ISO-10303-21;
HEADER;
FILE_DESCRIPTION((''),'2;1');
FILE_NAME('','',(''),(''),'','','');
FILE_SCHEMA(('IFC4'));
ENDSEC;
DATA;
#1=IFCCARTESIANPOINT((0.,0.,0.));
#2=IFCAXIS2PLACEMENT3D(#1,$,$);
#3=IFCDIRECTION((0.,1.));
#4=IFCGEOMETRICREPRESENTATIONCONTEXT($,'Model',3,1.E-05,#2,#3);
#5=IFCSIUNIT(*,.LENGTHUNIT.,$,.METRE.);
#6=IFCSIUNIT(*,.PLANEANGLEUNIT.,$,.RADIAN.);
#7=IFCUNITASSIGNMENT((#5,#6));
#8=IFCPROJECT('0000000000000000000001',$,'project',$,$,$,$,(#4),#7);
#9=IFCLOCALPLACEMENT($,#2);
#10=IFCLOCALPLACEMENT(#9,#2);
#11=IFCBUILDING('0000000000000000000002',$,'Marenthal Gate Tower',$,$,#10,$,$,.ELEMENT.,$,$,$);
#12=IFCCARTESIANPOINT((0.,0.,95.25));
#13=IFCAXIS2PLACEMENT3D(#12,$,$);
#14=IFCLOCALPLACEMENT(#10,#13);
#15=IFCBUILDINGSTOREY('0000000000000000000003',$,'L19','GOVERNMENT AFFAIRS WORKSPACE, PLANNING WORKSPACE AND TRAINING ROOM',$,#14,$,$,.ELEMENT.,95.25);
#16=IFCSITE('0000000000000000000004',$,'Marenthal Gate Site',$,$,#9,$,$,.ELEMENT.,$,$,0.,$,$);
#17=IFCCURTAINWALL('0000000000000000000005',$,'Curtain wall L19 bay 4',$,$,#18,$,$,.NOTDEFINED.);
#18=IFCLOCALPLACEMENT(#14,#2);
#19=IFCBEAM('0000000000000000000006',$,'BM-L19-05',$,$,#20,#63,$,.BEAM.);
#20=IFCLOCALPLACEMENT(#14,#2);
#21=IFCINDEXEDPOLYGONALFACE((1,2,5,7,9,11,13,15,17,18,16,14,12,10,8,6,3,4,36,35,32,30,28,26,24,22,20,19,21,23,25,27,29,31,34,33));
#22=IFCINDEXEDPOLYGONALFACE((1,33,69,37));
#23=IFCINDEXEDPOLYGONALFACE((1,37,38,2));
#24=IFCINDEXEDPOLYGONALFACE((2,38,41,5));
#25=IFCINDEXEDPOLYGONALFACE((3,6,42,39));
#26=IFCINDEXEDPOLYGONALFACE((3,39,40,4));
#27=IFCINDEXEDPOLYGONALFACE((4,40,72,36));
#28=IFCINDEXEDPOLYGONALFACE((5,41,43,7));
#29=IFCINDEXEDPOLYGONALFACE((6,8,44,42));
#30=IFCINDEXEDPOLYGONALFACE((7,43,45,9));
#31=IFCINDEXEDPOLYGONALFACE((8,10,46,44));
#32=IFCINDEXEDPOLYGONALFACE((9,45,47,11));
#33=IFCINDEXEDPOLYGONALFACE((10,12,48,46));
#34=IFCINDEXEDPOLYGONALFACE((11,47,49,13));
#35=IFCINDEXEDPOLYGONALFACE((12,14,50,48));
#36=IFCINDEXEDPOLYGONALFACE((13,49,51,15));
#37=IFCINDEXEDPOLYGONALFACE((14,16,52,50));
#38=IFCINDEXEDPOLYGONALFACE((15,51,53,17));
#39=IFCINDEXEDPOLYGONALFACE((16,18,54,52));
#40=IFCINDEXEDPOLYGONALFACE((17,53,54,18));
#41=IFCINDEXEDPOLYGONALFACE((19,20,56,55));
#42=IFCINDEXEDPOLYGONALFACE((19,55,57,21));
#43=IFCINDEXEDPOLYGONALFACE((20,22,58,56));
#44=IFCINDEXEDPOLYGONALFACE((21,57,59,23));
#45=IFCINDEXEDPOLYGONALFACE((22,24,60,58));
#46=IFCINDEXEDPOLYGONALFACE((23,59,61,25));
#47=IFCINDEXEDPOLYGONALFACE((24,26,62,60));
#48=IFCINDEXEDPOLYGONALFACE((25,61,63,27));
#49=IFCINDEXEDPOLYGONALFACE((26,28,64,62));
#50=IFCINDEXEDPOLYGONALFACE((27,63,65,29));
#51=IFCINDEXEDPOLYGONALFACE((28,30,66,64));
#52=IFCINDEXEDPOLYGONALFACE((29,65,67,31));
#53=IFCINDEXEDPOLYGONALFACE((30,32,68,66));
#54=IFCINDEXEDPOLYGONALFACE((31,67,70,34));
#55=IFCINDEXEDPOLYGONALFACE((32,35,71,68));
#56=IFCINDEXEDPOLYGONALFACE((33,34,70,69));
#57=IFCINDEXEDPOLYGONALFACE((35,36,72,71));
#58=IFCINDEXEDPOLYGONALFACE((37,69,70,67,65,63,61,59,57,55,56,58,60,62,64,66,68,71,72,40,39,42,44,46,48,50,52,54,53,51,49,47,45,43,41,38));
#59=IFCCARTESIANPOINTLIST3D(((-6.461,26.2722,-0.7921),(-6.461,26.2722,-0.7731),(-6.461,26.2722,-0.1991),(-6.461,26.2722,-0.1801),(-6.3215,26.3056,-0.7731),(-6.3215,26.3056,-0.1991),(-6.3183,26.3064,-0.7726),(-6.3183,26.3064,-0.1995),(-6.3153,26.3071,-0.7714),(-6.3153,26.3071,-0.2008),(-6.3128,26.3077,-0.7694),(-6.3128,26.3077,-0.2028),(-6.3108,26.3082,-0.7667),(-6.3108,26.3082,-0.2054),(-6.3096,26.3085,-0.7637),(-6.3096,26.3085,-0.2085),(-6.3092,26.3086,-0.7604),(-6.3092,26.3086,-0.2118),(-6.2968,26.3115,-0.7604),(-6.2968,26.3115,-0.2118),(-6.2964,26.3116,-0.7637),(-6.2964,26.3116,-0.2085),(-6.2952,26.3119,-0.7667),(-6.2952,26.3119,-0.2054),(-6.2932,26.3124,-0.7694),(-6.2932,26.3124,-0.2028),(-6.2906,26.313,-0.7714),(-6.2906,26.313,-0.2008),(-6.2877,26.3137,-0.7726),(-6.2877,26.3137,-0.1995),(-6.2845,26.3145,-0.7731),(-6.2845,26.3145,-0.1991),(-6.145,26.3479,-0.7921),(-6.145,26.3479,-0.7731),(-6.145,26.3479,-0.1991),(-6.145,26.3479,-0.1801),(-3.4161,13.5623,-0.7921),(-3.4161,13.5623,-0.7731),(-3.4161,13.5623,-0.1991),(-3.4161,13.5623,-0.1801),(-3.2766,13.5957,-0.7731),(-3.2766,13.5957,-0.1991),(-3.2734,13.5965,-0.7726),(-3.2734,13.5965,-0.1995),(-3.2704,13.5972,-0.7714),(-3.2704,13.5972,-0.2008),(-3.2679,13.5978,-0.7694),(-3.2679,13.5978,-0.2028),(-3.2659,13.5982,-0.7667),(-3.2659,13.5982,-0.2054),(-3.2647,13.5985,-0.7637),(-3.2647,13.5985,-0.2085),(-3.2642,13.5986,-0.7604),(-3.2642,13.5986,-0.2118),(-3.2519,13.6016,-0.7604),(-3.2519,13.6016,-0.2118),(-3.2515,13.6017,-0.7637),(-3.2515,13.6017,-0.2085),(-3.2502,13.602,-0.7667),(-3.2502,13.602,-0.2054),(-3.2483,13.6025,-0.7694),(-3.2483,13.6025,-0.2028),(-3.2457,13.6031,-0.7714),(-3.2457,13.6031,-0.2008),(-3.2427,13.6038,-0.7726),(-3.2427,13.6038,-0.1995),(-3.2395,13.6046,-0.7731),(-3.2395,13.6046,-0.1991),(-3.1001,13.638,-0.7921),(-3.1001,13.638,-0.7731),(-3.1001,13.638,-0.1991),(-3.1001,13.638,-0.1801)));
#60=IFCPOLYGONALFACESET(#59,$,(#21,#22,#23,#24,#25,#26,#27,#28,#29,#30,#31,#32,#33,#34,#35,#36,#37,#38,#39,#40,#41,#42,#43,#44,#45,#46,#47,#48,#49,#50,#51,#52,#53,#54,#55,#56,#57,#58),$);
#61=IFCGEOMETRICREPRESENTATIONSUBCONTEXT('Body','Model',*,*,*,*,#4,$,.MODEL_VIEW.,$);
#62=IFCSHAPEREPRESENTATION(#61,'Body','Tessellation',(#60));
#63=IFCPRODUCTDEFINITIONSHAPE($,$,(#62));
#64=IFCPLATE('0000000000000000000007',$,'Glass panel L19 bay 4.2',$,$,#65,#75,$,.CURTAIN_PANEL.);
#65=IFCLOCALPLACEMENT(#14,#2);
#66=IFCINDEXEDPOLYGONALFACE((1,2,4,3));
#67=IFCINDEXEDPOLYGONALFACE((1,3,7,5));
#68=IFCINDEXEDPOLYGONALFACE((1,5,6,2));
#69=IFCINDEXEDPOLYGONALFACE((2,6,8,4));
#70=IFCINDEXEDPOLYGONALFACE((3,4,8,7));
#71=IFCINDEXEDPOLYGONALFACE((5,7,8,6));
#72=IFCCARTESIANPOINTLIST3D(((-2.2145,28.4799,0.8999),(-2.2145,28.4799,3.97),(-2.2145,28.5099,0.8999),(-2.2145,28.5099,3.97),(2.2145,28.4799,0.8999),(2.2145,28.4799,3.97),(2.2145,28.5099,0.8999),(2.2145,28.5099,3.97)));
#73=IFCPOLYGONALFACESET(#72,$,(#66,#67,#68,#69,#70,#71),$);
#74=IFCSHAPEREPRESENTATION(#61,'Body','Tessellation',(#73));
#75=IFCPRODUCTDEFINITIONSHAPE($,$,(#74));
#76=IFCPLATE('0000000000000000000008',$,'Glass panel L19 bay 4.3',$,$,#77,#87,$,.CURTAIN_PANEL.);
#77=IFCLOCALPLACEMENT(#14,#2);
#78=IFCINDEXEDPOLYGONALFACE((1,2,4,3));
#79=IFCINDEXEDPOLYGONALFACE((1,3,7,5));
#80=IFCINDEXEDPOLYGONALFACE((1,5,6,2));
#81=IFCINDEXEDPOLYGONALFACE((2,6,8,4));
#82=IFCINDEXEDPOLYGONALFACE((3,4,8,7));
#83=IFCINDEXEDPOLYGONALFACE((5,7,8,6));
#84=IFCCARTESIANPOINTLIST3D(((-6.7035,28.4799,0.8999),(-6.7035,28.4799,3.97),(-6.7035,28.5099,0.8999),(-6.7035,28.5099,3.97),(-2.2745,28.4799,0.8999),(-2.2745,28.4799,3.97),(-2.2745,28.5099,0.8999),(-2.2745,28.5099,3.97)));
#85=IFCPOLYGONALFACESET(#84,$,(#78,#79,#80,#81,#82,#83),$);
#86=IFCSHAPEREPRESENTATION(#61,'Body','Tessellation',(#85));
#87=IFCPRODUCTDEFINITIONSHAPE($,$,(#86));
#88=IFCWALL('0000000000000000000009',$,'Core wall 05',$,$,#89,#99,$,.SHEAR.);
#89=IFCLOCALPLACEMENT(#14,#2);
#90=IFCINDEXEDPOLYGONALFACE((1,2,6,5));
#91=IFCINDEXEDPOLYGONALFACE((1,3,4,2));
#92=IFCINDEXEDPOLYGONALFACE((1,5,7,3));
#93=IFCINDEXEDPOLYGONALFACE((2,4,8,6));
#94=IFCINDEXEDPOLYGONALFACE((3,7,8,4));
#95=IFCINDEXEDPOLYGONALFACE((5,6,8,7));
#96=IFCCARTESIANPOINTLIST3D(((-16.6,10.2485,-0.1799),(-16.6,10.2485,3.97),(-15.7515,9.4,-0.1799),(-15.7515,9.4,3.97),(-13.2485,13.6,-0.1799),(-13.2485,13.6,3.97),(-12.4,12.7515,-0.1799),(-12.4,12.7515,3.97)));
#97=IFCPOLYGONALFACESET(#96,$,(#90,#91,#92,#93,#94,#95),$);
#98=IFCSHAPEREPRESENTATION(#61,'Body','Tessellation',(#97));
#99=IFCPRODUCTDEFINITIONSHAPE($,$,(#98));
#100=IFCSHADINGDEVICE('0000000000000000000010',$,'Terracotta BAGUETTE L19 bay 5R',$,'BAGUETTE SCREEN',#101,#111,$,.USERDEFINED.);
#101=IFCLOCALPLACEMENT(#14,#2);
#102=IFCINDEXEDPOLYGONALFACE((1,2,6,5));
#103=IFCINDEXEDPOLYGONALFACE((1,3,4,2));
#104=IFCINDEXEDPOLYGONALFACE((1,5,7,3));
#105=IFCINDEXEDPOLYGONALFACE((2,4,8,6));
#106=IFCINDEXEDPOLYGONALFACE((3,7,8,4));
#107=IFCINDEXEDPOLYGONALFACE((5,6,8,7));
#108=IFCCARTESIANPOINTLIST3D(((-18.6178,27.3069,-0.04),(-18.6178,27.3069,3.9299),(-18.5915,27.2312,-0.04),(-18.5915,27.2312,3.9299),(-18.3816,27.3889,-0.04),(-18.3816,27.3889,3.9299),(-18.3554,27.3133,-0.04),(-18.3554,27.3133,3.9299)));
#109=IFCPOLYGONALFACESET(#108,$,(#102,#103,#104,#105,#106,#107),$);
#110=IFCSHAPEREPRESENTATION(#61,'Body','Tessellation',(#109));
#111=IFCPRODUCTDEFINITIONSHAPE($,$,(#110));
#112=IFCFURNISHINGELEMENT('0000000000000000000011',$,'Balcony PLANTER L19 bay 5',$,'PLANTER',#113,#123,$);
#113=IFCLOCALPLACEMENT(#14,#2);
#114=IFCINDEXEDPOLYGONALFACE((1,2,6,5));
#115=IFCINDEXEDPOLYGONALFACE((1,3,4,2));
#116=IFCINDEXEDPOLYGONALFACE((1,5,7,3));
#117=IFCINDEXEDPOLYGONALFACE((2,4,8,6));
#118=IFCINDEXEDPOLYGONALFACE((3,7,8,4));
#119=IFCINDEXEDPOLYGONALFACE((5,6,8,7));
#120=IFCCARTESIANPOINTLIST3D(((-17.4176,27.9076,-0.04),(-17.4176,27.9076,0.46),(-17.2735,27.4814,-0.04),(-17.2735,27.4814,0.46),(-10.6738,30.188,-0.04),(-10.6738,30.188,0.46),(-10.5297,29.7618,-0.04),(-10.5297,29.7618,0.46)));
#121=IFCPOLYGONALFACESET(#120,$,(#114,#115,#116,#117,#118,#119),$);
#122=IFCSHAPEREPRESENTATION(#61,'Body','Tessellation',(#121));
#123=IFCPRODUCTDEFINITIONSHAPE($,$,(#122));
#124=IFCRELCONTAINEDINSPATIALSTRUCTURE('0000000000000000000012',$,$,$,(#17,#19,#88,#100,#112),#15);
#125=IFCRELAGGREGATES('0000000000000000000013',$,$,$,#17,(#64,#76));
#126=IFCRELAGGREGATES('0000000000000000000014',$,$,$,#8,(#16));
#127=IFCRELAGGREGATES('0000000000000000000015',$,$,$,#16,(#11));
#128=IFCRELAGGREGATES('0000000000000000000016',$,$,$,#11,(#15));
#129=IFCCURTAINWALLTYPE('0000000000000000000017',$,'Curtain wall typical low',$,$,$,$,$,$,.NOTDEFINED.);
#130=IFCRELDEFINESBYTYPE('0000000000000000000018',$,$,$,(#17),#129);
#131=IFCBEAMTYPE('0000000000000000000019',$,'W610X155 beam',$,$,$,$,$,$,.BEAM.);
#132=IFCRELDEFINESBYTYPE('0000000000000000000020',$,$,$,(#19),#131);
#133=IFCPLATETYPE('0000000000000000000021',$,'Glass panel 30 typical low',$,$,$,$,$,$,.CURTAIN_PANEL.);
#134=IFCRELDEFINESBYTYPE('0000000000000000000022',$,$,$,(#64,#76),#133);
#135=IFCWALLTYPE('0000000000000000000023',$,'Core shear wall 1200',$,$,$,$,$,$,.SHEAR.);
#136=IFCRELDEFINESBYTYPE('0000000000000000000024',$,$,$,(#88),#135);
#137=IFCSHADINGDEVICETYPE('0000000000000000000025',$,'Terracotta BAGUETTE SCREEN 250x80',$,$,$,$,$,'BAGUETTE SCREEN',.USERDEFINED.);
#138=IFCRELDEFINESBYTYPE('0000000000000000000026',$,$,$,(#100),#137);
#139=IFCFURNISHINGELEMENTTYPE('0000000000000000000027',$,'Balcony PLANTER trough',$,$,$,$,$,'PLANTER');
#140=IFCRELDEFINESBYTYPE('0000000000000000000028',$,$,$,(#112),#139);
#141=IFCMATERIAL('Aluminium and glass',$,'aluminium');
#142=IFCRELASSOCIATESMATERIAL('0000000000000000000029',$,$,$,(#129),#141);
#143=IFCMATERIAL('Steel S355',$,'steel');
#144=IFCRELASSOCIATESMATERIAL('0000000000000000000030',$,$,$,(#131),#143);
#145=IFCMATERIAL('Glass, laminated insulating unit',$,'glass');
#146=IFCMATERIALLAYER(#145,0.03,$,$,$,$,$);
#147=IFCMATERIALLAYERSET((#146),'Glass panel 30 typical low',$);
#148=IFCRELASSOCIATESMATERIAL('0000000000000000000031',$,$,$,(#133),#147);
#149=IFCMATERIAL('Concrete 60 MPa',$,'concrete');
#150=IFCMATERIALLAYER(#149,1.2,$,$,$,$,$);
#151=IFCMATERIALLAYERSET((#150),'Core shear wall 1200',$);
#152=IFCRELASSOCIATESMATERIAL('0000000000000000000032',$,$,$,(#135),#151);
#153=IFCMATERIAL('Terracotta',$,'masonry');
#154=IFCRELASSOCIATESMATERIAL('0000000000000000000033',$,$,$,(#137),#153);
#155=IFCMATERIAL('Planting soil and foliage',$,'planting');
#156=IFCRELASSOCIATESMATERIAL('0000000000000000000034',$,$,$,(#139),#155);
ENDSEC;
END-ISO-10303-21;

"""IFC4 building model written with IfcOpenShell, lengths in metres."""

from ifc_helpers import new_model, si_unit, direction, frame, frame_2d, origin, origin_2d, place, context, subcontext, project, spatial, rectangle, i_section, extrude, material, layer, layer_set, material_profile, profile_set, type_object, element, aggregate, save


model = new_model("IFC4")

# Units and contexts
model_context = context("Model", 3, precision=1e-05, world=origin(), true_north=direction((0.0, 1.0)))
body_context = subcontext(model_context, "Body", "Model", "MODEL_VIEW")
ifc_project = project(units=[si_unit("LENGTHUNIT", "METRE"), si_unit("PLANEANGLEUNIT", "RADIAN")], contexts=[model_context])

# Site, building, storey
site_placement = place(None, origin())
site = spatial("IfcSite", under=ifc_project, at=site_placement, Name="Marenthal Gate Site", CompositionType="ELEMENT", RefElevation=0.0)
building_placement = place(site_placement, origin())
building = spatial("IfcBuilding", under=site, at=building_placement, Name="Marenthal Gate Tower", CompositionType="ELEMENT")
storey_placement = place(building_placement, frame((0.0, 0.0, 95.25)))
storey = spatial("IfcBuildingStorey", under=building, at=storey_placement, Name="L19", Description="GOVERNMENT AFFAIRS WORKSPACE, PLANNING WORKSPACE AND TRAINING ROOM", CompositionType="ELEMENT", Elevation=95.25)

# Curtain wall
ifc_material_1 = material(Name="Aluminium and glass", Category="aluminium")
curtain_wall_type = type_object("IfcCurtainWallType", Name="Curtain wall typical low", PredefinedType="NOTDEFINED", material=ifc_material_1)
curtain_wall_placement = place(storey_placement, origin())
curtain_wall = element("IfcCurtainWall", 1, at=curtain_wall_placement, inside=storey, type_object=curtain_wall_type, Name="Curtain wall L19 bay 4", PredefinedType="NOTDEFINED")

# Beam
ifc_material_2 = material(Name="Steel S355", Category="steel")
ifc_material_profile_1 = material_profile(ifc_material_2, i_section(OverallWidth=0.325, OverallDepth=0.6121, WebThickness=0.0127, FlangeThickness=0.019, FilletRadius=0.0127, at=origin_2d()), Name="W610X155")
ifc_profile_set_1 = profile_set([ifc_material_profile_1], Name="Steel S355")
beam_type_1 = type_object("IfcBeamType", Name="W610X155 beam", PredefinedType="BEAM", material=ifc_profile_set_1)
beam_1_placement = place(storey_placement, frame((-6.303, 26.3101, -0.4861), z_axis=(0.232977, -0.972482, 0.0), x_axis=(0.972482, 0.232977, 0.0)))
element("IfcBeam", 2, at=beam_1_placement, inside=storey, type_object=beam_type_1, Name="BM-L19-05", PredefinedType="BEAM", context=body_context, shape_type="SweptSolid", body=[
    extrude(i_section(OverallWidth=0.325, OverallDepth=0.6121, WebThickness=0.0127, FlangeThickness=0.019, FilletRadius=0.0127, at=origin_2d()), origin(), (0.0, 0.0, 1.0), 13.0696),
])

# Plates
ifc_material_3 = material(Name="Glass, laminated insulating unit", Category="glass")
ifc_layer_1 = layer(ifc_material_3, 0.03)
ifc_layer_set_1 = layer_set([ifc_layer_1], Name="Glass panel 30 typical low")
plate_type = type_object("IfcPlateType", Name="Glass panel 30 typical low", PredefinedType="CURTAIN_PANEL", material=ifc_layer_set_1)
plate_1_placement = place(storey_placement, frame((0.0, 28.4949, 0.8999), z_axis=(0.0, 0.0, 1.0), x_axis=(-1.0, 0.0, 0.0)))
plate_1 = element("IfcPlate", 3, at=plate_1_placement, type_object=plate_type, Name="Glass panel L19 bay 4.2", PredefinedType="CURTAIN_PANEL", context=body_context, shape_type="SweptSolid", body=[
    extrude(rectangle(XDim=4.429, YDim=0.03, at=origin_2d()), origin(), (0.0, 0.0, 1.0), 3.0701),
])
plate_2_placement = place(storey_placement, frame((-4.489, 28.4949, 0.8999), z_axis=(0.0, 0.0, 1.0), x_axis=(-1.0, 0.0, 0.0)))
plate_2 = element("IfcPlate", 4, at=plate_2_placement, type_object=plate_type, Name="Glass panel L19 bay 4.3", PredefinedType="CURTAIN_PANEL", context=body_context, shape_type="SweptSolid", body=[
    extrude(rectangle(XDim=4.429, YDim=0.03, at=origin_2d()), origin(), (0.0, 0.0, 1.0), 3.0701),
])
aggregate(curtain_wall, [plate_1, plate_2])

# Wall
ifc_material_4 = material(Name="Concrete 60 MPa", Category="concrete")
ifc_layer_2 = layer(ifc_material_4, 1.2)
ifc_layer_set_2 = layer_set([ifc_layer_2], Name="Core shear wall 1200")
wall_type_1 = type_object("IfcWallType", Name="Core shear wall 1200", PredefinedType="SHEAR", material=ifc_layer_set_2)
wall_1_placement = place(storey_placement, frame((-12.8242, 13.1758, -0.1799), z_axis=(0.0, 0.0, 1.0), x_axis=(-0.707107, -0.707107, 0.0)))
element("IfcWall", 5, at=wall_1_placement, inside=storey, type_object=wall_type_1, Name="Core wall 05", PredefinedType="SHEAR", context=body_context, shape_type="SweptSolid", body=[
    extrude(rectangle(XDim=4.7397, YDim=1.2, at=frame_2d((2.3699, 0.0))), origin(), (0.0, 0.0, 1.0), 4.1499),
])

# Shading device
ifc_material_5 = material(Name="Terracotta", Category="masonry")
ifc_material_profile_2 = material_profile(ifc_material_5, rectangle(XDim=0.25, YDim=0.0801, at=origin_2d()), Name="Terracotta baguette 250x80")
ifc_profile_set_2 = profile_set([ifc_material_profile_2], Name="Terracotta")
shading_device_type = type_object("IfcShadingDeviceType", Name="Terracotta BAGUETTE SCREEN 250x80", ElementType="BAGUETTE SCREEN", PredefinedType="USERDEFINED", material=ifc_profile_set_2)
shading_device_placement = place(storey_placement, frame((-18.4866, 27.3101, -0.04), z_axis=(0.0, 0.0, 1.0), x_axis=(-0.944614, -0.328183, 0.0)))
element("IfcShadingDevice", 6, at=shading_device_placement, inside=storey, type_object=shading_device_type, Name="Terracotta BAGUETTE L19 bay 5R", ObjectType="BAGUETTE SCREEN", PredefinedType="USERDEFINED", context=body_context, shape_type="SweptSolid", body=[
    extrude(rectangle(XDim=0.25, YDim=0.0801, at=origin_2d()), origin(), (0.0, 0.0, 1.0), 3.97),
])

# Furnishing element
ifc_material_6 = material(Name="Planting soil and foliage", Category="planting")
furnishing_element_type = type_object("IfcFurnishingElementType", Name="Balcony PLANTER trough", ElementType="PLANTER", material=ifc_material_6)
furnishing_placement = place(storey_placement, frame((-13.9736, 28.8347, -0.04), z_axis=(0.0, 0.0, 1.0), x_axis=(-0.947307, -0.320328, 0.0)))
element("IfcFurnishingElement", 7, at=furnishing_placement, inside=storey, type_object=furnishing_element_type, Name="Balcony PLANTER L19 bay 5", ObjectType="PLANTER", context=body_context, shape_type="SweptSolid", body=[
    extrude(rectangle(XDim=7.1189, YDim=0.45, at=origin_2d()), origin(), (0.0, 0.0, 1.0), 0.5),
])

save(model, "model.ifc")
